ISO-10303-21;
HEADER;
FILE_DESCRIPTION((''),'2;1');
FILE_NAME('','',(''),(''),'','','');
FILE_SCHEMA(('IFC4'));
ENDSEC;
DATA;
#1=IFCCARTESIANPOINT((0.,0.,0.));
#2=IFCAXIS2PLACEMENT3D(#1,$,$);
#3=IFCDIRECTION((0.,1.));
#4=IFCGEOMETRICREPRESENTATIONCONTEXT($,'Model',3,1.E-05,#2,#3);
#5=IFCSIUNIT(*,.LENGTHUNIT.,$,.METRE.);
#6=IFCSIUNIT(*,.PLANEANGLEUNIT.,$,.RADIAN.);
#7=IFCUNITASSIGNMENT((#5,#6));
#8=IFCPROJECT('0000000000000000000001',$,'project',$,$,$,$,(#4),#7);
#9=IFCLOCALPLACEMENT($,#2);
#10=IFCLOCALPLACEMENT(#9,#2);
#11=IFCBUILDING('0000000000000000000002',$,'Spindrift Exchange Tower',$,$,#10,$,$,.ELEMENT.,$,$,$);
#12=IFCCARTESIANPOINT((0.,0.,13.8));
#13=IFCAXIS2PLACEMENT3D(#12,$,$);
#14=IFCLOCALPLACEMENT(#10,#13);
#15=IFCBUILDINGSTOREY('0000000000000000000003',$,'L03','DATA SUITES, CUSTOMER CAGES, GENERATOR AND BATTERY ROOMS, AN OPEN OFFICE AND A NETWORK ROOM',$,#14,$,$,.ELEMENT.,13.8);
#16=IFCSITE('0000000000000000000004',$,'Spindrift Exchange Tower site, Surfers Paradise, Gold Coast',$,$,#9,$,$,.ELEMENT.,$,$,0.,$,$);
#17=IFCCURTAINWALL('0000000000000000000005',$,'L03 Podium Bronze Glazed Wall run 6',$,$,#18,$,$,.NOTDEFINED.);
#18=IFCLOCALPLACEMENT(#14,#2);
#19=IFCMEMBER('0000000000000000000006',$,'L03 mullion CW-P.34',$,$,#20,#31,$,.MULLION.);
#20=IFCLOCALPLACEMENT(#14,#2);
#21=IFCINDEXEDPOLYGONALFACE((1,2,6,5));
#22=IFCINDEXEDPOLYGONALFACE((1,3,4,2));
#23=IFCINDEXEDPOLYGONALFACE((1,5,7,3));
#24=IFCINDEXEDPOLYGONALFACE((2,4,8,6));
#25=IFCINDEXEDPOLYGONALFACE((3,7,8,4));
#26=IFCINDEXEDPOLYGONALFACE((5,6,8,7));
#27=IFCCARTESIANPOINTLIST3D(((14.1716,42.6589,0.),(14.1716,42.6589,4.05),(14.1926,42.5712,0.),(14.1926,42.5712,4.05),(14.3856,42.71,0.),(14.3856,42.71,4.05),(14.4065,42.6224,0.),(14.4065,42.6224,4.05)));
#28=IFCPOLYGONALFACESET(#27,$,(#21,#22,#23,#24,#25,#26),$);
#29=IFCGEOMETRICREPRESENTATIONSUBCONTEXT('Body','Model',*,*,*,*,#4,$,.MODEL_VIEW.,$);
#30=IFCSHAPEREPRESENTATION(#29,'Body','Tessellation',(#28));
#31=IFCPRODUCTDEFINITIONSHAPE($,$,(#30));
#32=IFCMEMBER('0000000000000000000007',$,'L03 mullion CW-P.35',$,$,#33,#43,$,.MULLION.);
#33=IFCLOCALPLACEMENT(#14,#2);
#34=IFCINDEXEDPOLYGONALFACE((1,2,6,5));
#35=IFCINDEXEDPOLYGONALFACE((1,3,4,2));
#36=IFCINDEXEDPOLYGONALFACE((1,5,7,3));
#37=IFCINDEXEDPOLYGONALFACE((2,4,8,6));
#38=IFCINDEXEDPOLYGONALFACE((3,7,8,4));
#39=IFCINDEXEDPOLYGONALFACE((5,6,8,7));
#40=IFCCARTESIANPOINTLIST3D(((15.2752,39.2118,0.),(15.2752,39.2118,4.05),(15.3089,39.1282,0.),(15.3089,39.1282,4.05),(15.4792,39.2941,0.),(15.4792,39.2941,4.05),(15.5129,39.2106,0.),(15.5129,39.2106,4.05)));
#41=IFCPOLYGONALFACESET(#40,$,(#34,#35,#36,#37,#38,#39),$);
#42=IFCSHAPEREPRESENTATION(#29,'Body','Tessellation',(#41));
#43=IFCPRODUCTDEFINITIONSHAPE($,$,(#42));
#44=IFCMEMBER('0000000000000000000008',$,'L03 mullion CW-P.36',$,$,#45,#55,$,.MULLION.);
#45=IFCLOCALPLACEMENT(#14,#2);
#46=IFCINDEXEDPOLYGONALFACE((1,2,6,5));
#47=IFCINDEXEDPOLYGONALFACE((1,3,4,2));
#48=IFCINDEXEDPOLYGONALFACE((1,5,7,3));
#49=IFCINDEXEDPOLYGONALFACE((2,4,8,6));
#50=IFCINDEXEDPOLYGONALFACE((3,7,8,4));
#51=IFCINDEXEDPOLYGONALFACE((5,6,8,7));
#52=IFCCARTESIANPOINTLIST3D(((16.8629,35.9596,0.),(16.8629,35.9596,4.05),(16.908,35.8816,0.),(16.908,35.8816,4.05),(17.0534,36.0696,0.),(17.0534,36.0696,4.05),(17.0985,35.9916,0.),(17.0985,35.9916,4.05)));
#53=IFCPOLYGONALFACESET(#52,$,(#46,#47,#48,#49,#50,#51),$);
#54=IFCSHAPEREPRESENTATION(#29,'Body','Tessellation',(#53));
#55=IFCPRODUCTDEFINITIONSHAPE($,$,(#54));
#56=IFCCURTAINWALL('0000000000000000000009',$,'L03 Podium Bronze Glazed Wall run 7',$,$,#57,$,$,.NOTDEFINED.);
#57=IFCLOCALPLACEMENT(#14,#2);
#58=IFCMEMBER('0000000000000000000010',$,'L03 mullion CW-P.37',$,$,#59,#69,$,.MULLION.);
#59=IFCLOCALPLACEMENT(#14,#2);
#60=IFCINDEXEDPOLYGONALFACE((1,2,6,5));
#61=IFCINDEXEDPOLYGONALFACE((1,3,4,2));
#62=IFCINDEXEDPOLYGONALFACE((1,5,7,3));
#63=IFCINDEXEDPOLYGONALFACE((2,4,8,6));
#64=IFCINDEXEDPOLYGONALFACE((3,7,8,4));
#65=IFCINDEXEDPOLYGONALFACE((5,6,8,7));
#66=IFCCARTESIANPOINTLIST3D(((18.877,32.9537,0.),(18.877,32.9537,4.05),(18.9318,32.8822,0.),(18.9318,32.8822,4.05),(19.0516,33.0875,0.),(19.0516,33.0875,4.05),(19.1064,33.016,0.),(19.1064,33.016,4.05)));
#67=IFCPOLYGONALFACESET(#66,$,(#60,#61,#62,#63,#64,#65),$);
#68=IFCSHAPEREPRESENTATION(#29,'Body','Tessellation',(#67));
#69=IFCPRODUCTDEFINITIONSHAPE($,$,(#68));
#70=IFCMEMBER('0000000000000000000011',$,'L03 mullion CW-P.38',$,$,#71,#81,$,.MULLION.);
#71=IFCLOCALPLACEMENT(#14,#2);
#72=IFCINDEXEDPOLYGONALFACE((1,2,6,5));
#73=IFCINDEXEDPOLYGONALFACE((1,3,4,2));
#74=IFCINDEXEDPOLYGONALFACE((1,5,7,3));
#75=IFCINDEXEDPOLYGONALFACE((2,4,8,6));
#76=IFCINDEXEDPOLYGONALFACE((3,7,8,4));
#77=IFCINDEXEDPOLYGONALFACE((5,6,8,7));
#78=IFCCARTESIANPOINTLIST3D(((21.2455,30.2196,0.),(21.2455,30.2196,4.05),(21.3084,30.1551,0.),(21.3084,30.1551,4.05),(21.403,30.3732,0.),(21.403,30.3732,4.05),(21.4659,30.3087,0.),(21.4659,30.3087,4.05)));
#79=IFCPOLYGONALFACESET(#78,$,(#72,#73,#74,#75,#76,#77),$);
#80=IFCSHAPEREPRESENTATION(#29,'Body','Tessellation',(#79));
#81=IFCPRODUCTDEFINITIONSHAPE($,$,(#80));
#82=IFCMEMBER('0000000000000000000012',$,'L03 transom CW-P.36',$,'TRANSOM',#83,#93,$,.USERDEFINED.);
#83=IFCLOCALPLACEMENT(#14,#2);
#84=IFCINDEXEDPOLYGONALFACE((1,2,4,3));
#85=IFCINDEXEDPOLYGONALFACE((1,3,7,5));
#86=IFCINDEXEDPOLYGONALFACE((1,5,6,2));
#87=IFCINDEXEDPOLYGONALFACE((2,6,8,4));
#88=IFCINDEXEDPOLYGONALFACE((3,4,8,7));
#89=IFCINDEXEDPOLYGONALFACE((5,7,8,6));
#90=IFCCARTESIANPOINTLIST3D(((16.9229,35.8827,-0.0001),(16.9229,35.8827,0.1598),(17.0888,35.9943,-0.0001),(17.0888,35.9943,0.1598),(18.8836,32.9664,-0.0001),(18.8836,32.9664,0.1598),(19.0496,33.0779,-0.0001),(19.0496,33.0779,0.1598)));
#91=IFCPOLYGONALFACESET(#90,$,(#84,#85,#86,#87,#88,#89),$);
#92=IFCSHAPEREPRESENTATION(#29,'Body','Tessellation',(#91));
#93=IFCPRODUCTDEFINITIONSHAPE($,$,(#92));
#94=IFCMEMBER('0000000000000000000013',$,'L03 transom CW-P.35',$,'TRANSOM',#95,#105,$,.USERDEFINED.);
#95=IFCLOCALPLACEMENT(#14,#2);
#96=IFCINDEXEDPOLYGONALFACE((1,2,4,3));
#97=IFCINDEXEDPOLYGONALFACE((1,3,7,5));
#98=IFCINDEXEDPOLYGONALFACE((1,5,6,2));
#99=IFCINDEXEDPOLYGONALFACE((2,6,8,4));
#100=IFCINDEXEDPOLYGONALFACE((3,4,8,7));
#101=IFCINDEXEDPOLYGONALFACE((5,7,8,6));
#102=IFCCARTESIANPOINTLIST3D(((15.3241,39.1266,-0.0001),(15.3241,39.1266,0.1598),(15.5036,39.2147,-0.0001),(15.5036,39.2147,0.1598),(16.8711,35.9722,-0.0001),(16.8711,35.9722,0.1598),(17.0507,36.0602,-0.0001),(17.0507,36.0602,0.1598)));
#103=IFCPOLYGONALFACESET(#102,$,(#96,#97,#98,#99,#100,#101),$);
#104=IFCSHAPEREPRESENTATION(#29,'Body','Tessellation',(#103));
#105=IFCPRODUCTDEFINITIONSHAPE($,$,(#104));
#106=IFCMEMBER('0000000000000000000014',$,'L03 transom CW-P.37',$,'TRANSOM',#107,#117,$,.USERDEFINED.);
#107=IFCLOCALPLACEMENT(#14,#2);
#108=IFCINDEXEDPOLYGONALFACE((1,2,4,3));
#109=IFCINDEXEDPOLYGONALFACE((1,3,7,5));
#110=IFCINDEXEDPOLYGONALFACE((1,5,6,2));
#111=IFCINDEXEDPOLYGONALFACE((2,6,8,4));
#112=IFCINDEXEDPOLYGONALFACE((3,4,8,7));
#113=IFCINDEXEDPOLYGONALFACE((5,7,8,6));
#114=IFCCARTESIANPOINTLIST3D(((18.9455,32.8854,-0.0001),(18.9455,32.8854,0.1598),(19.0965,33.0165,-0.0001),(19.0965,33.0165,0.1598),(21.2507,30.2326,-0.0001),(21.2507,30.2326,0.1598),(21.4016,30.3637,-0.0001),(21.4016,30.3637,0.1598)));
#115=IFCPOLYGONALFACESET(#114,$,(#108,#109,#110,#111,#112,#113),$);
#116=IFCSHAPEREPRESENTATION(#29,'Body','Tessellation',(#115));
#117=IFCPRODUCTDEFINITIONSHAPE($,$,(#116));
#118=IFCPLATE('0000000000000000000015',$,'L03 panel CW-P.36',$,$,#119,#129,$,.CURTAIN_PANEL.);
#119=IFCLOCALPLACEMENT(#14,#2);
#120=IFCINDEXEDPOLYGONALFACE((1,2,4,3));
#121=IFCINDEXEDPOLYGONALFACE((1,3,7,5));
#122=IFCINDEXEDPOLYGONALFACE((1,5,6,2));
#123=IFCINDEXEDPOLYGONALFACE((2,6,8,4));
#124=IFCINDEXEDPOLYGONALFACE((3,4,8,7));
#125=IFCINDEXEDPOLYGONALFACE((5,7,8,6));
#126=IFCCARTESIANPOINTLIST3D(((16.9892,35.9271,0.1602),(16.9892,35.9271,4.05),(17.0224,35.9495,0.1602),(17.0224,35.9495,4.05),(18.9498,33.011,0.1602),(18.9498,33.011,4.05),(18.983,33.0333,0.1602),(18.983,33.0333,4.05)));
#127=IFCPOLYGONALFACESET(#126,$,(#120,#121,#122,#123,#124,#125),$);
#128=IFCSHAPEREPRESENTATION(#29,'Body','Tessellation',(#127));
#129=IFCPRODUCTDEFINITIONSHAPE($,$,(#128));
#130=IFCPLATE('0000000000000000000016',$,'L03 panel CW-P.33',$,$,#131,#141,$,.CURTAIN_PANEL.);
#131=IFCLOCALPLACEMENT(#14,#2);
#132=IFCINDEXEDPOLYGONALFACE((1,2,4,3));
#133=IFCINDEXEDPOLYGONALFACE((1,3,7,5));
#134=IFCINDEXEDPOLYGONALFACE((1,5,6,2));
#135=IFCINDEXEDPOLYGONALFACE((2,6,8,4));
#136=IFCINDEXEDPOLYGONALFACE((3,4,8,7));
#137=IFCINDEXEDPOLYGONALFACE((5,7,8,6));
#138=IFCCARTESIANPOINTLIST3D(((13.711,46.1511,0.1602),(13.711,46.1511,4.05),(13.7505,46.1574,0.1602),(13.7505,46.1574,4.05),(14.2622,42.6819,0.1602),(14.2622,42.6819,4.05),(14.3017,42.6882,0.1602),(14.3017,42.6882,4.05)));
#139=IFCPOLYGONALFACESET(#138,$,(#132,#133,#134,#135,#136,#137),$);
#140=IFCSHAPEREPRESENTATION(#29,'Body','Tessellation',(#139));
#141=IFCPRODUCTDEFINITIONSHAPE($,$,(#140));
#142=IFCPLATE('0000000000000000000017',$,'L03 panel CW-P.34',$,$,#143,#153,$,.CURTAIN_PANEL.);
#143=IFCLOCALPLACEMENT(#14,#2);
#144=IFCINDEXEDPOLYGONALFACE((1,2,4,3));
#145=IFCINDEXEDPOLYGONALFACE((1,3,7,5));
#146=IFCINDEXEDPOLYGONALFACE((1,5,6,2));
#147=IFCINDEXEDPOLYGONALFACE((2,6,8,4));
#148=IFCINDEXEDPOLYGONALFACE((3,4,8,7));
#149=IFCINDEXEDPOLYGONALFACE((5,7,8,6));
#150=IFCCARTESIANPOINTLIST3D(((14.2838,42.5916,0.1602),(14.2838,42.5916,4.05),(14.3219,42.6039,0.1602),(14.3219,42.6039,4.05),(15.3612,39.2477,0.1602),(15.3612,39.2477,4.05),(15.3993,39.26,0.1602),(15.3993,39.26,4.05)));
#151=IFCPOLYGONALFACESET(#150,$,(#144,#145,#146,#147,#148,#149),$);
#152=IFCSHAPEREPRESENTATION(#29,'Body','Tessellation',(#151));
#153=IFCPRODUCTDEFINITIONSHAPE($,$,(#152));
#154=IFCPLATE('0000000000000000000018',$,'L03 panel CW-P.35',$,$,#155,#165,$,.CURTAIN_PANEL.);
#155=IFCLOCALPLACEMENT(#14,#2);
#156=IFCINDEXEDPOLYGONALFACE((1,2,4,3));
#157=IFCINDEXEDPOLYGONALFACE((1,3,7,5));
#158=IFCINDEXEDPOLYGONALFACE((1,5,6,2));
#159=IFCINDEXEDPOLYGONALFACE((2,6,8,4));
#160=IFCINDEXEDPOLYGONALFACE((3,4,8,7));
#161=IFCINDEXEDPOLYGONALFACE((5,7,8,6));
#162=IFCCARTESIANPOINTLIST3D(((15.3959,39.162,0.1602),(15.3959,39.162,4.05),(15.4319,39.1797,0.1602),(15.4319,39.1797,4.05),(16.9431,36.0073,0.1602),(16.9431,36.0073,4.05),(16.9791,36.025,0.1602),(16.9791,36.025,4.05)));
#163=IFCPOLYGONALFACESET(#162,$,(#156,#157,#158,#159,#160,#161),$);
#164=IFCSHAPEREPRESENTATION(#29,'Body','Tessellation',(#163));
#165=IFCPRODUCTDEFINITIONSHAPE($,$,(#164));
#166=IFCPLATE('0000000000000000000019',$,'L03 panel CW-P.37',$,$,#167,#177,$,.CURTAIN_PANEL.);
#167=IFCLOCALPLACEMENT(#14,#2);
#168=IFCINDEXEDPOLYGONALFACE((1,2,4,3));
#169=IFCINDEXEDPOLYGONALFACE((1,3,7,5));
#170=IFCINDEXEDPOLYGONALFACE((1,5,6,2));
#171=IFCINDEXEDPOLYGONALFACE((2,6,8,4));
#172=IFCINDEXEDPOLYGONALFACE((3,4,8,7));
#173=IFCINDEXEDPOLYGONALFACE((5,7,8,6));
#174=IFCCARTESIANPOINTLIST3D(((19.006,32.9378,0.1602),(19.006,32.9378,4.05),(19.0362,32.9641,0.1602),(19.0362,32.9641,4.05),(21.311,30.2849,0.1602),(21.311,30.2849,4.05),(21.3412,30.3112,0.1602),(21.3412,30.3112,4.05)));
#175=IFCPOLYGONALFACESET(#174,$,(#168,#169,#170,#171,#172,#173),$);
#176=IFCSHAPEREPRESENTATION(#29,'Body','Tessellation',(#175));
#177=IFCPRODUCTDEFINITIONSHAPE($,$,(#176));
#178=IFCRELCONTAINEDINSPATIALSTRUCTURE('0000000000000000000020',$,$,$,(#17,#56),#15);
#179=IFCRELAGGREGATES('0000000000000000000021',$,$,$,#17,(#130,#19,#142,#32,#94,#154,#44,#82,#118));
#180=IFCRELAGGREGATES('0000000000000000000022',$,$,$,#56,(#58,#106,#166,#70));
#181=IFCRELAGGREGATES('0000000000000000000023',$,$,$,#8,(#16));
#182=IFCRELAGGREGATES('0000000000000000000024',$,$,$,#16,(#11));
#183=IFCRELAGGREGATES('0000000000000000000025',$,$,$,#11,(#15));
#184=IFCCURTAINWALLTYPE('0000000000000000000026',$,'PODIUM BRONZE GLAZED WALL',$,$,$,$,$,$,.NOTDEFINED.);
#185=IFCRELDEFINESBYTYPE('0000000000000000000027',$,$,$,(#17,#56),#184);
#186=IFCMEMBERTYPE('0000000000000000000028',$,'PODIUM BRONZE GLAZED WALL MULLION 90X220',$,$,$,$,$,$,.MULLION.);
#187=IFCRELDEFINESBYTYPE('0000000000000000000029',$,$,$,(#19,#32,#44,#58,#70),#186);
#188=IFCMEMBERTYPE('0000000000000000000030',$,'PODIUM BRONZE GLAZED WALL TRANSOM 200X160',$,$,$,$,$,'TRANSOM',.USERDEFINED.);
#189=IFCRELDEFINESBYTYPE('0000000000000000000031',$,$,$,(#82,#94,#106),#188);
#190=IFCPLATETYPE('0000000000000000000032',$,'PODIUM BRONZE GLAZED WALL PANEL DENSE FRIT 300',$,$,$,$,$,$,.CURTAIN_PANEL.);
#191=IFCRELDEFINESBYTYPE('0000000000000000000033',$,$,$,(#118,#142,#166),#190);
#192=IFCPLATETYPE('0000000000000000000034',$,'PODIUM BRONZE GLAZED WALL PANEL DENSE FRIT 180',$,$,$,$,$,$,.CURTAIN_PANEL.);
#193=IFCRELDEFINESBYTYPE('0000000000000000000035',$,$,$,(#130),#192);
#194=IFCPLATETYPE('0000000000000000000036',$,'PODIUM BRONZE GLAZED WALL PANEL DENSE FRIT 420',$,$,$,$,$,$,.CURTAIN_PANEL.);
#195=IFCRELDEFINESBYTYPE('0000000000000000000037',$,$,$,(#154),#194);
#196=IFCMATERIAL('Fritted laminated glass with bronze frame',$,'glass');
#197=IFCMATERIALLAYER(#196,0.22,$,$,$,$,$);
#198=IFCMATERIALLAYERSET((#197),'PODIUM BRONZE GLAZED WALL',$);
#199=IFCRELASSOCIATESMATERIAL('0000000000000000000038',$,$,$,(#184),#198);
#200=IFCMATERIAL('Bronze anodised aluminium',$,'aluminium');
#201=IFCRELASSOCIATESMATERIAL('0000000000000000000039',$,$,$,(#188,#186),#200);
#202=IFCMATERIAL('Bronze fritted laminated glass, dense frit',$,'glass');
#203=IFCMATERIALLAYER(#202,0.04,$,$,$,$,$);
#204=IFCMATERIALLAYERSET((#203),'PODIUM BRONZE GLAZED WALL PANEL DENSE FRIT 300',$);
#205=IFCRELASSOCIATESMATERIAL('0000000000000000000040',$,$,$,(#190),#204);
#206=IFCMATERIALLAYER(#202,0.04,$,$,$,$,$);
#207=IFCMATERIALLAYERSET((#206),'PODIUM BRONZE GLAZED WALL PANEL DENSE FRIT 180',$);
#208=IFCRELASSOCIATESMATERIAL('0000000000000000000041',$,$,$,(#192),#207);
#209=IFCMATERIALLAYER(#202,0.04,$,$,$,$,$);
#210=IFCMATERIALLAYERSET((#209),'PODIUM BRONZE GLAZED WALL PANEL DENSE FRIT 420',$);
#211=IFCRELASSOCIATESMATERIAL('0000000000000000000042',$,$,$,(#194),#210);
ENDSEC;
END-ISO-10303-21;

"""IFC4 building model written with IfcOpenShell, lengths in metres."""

from ifc_helpers import new_model, si_unit, direction, frame, origin, origin_2d, place, context, subcontext, project, spatial, rectangle, extrude, source, transform, mapped, material, layer, layer_set, material_profile, profile_set, type_object, element, aggregate, save


model = new_model("IFC4")

# Units and contexts
model_context = context("Model", 3, precision=1e-05, world=origin(), true_north=direction((0.0, 1.0)))
body_context = subcontext(model_context, "Body", "Model", "MODEL_VIEW")
ifc_project = project(units=[si_unit("LENGTHUNIT", "METRE"), si_unit("PLANEANGLEUNIT", "RADIAN")], contexts=[model_context])

# Site, building, storey
site_placement = place(None, origin())
site = spatial("IfcSite", under=ifc_project, at=site_placement, Name="Spindrift Exchange Tower site, Surfers Paradise, Gold Coast", CompositionType="ELEMENT", RefElevation=0.0)
building_placement = place(site_placement, origin())
building = spatial("IfcBuilding", under=site, at=building_placement, Name="Spindrift Exchange Tower", CompositionType="ELEMENT")
storey_placement = place(building_placement, frame((0.0, 0.0, 13.8)))
storey = spatial("IfcBuildingStorey", under=building, at=storey_placement, Name="L03", Description="DATA SUITES, CUSTOMER CAGES, GENERATOR AND BATTERY ROOMS, AN OPEN OFFICE AND A NETWORK ROOM", CompositionType="ELEMENT", Elevation=13.8)

# Curtain walls, members
ifc_material_1 = material(Name="Fritted laminated glass with bronze frame", Category="glass")
ifc_layer_1 = layer(ifc_material_1, 0.22)
ifc_layer_set_1 = layer_set([ifc_layer_1], Name="PODIUM BRONZE GLAZED WALL")
curtain_wall_type = type_object("IfcCurtainWallType", Name="PODIUM BRONZE GLAZED WALL", PredefinedType="NOTDEFINED", material=ifc_layer_set_1)
curtain_wall_1_placement = place(storey_placement, origin())
curtain_wall_1 = element("IfcCurtainWall", 1, at=curtain_wall_1_placement, inside=storey, type_object=curtain_wall_type, Name="L03 Podium Bronze Glazed Wall run 6", PredefinedType="NOTDEFINED")
ifc_material_2 = material(Name="Bronze anodised aluminium", Category="aluminium")
ifc_material_profile_1 = material_profile(ifc_material_2, rectangle(XDim=0.2, YDim=0.1599, at=origin_2d()), Name="PODIUM BRONZE GLAZED WALL TRANSOM 200X160")
ifc_profile_set_1 = profile_set([ifc_material_profile_1], Name="Bronze anodised aluminium")
member_type_1 = type_object("IfcMemberType", Name="PODIUM BRONZE GLAZED WALL TRANSOM 200X160", ElementType="TRANSOM", PredefinedType="USERDEFINED", material=ifc_profile_set_1)
ifc_material_profile_2 = material_profile(ifc_material_2, rectangle(XDim=0.0901, YDim=0.22, at=origin_2d()), Name="PODIUM BRONZE GLAZED WALL MULLION 90X220")
ifc_profile_set_2 = profile_set([ifc_material_profile_2], Name="Bronze anodised aluminium")
member_type_2 = type_object("IfcMemberType", Name="PODIUM BRONZE GLAZED WALL MULLION 90X220", PredefinedType="MULLION", material=ifc_profile_set_2)
shared_shape_1 = source(origin(), body_context, "Body", "SweptSolid", [
    extrude(rectangle(XDim=0.0901, YDim=0.22, at=origin_2d()), origin(), (0.0, 0.0, 1.0), 4.05),
])
member_1_placement = place(storey_placement, frame((14.2891, 42.6406, 0.0), z_axis=(0.0, 0.0, 1.0), x_axis=(0.232484, -0.9726, 0.0)))
member_1 = element("IfcMember", 2, at=member_1_placement, type_object=member_type_2, Name="L03 mullion CW-P.34", PredefinedType="MULLION", context=body_context, shape_type="MappedRepresentation", body=[
    mapped(shared_shape_1, transform((0.0, 0.0, 0.0), scale=1.0)),
])
member_2_placement = place(storey_placement, frame((15.394, 39.2112, 0.0), z_axis=(0.0, 0.0, 1.0), x_axis=(0.374483, -0.927234, 0.0)))
member_2 = element("IfcMember", 3, at=member_2_placement, type_object=member_type_2, Name="L03 mullion CW-P.35", PredefinedType="MULLION", context=body_context, shape_type="MappedRepresentation", body=[
    mapped(shared_shape_1, transform((0.0, 0.0, 0.0), scale=1.0)),
])
member_3_placement = place(storey_placement, frame((16.9807, 35.9756, 0.0), z_axis=(0.0, 0.0, 1.0), x_axis=(0.5003, -0.865852, 0.0)))
member_3 = element("IfcMember", 4, at=member_3_placement, type_object=member_type_2, Name="L03 mullion CW-P.36", PredefinedType="MULLION", context=body_context, shape_type="MappedRepresentation", body=[
    mapped(shared_shape_1, transform((0.0, 0.0, 0.0), scale=1.0)),
])
curtain_wall_2_placement = place(storey_placement, origin())
curtain_wall_2 = element("IfcCurtainWall", 5, at=curtain_wall_2_placement, inside=storey, type_object=curtain_wall_type, Name="L03 Podium Bronze Glazed Wall run 7", PredefinedType="NOTDEFINED")
member_4_placement = place(storey_placement, frame((18.9917, 32.9849, 0.0), z_axis=(0.0, 0.0, 1.0), x_axis=(0.60807, -0.793883, 0.0)))
member_4 = element("IfcMember", 6, at=member_4_placement, type_object=member_type_2, Name="L03 mullion CW-P.37", PredefinedType="MULLION", context=body_context, shape_type="MappedRepresentation", body=[
    mapped(shared_shape_1, transform((0.0, 0.0, 0.0), scale=1.0)),
])
member_5_placement = place(storey_placement, frame((21.3557, 30.2642, 0.0), z_axis=(0.0, 0.0, 1.0), x_axis=(0.69798, -0.716117, 0.0)))
member_5 = element("IfcMember", 7, at=member_5_placement, type_object=member_type_2, Name="L03 mullion CW-P.38", PredefinedType="MULLION", context=body_context, shape_type="MappedRepresentation", body=[
    mapped(shared_shape_1, transform((0.0, 0.0, 0.0), scale=1.0)),
])

# Members
shared_shape_2 = source(origin(), body_context, "Body", "SweptSolid", [
    extrude(rectangle(XDim=0.2, YDim=0.1599, at=origin_2d()), origin(), (0.0, 0.0, 1.0), 3.5142),
])
member_6_placement = place(storey_placement, frame((17.0059, 35.9385, 0.0798), z_axis=(0.557951, -0.829874, 0.0), x_axis=(0.829874, 0.557951, 0.0)))
member_6 = element("IfcMember", 8, at=member_6_placement, type_object=member_type_1, Name="L03 transom CW-P.36", ObjectType="TRANSOM", PredefinedType="USERDEFINED", context=body_context, shape_type="MappedRepresentation", body=[
    mapped(shared_shape_2, transform((0.0, 0.0, 0.0), scale=1.0)),
])
shared_shape_3 = source(origin(), body_context, "Body", "SweptSolid", [
    extrude(rectangle(XDim=0.2, YDim=0.1599, at=origin_2d()), origin(), (0.0, 0.0, 1.0), 3.5134),
])
member_7_placement = place(storey_placement, frame((15.4138, 39.1707, 0.0798), z_axis=(0.440335, -0.897833, 0.0), x_axis=(0.897833, 0.440335, 0.0)))
member_7 = element("IfcMember", 9, at=member_7_placement, type_object=member_type_1, Name="L03 transom CW-P.35", ObjectType="TRANSOM", PredefinedType="USERDEFINED", context=body_context, shape_type="MappedRepresentation", body=[
    mapped(shared_shape_3, transform((0.0, 0.0, 0.0), scale=1.0)),
])
shared_shape_4 = source(origin(), body_context, "Body", "SweptSolid", [
    extrude(rectangle(XDim=0.2, YDim=0.1599, at=origin_2d()), origin(), (0.0, 0.0, 1.0), 3.5144),
])
member_8_placement = place(storey_placement, frame((19.021, 32.9509, 0.0798), z_axis=(0.655914, -0.754836, 0.0), x_axis=(0.754836, 0.655914, 0.0)))
member_8 = element("IfcMember", 10, at=member_8_placement, type_object=member_type_1, Name="L03 transom CW-P.37", ObjectType="TRANSOM", PredefinedType="USERDEFINED", context=body_context, shape_type="MappedRepresentation", body=[
    mapped(shared_shape_4, transform((0.0, 0.0, 0.0), scale=1.0)),
])

# Plates
ifc_material_3 = material(Name="Bronze fritted laminated glass, dense frit", Category="glass")
ifc_layer_2 = layer(ifc_material_3, 0.04)
ifc_layer_set_2 = layer_set([ifc_layer_2], Name="PODIUM BRONZE GLAZED WALL PANEL DENSE FRIT 300")
plate_type_1 = type_object("IfcPlateType", Name="PODIUM BRONZE GLAZED WALL PANEL DENSE FRIT 300", PredefinedType="CURTAIN_PANEL", material=ifc_layer_set_2)
shared_shape_5 = source(origin(), body_context, "Body", "SweptSolid", [
    extrude(rectangle(XDim=3.5139, YDim=0.04, at=origin_2d()), origin(), (0.0, 0.0, 1.0), 3.8899),
])
plate_1_placement = place(storey_placement, frame((17.9861, 34.4802, 0.1602), z_axis=(0.0, 0.0, 1.0), x_axis=(0.557949, -0.829875, 0.0)))
plate_1 = element("IfcPlate", 11, at=plate_1_placement, type_object=plate_type_1, Name="L03 panel CW-P.36", PredefinedType="CURTAIN_PANEL", context=body_context, shape_type="MappedRepresentation", body=[
    mapped(shared_shape_5, transform((0.0, 0.0, 0.0), scale=1.0)),
])
ifc_layer_3 = layer(ifc_material_3, 0.04)
ifc_layer_set_3 = layer_set([ifc_layer_3], Name="PODIUM BRONZE GLAZED WALL PANEL DENSE FRIT 180")
plate_type_2 = type_object("IfcPlateType", Name="PODIUM BRONZE GLAZED WALL PANEL DENSE FRIT 180", PredefinedType="CURTAIN_PANEL", material=ifc_layer_set_3)
shared_shape_6 = source(origin(), body_context, "Body", "SweptSolid", [
    extrude(rectangle(XDim=3.5127, YDim=0.04, at=origin_2d()), origin(), (0.0, 0.0, 1.0), 3.8899),
])
plate_2_placement = place(storey_placement, frame((14.0063, 44.4197, 0.1602), z_axis=(0.0, 0.0, 1.0), x_axis=(0.156909, -0.987613, 0.0)))
plate_2 = element("IfcPlate", 12, at=plate_2_placement, type_object=plate_type_2, Name="L03 panel CW-P.33", PredefinedType="CURTAIN_PANEL", context=body_context, shape_type="MappedRepresentation", body=[
    mapped(shared_shape_6, transform((0.0, 0.0, 0.0), scale=1.0)),
])
shared_shape_7 = source(origin(), body_context, "Body", "SweptSolid", [
    extrude(rectangle(XDim=3.5132, YDim=0.04, at=origin_2d()), origin(), (0.0, 0.0, 1.0), 3.8899),
])
plate_3_placement = place(storey_placement, frame((14.8416, 40.9258, 0.1602), z_axis=(0.0, 0.0, 1.0), x_axis=(0.306679, -0.951813, 0.0)))
plate_3 = element("IfcPlate", 13, at=plate_3_placement, type_object=plate_type_1, Name="L03 panel CW-P.34", PredefinedType="CURTAIN_PANEL", context=body_context, shape_type="MappedRepresentation", body=[
    mapped(shared_shape_7, transform((0.0, 0.0, 0.0), scale=1.0)),
])
ifc_layer_4 = layer(ifc_material_3, 0.04)
ifc_layer_set_4 = layer_set([ifc_layer_4], Name="PODIUM BRONZE GLAZED WALL PANEL DENSE FRIT 420")
plate_type_3 = type_object("IfcPlateType", Name="PODIUM BRONZE GLAZED WALL PANEL DENSE FRIT 420", PredefinedType="CURTAIN_PANEL", material=ifc_layer_set_4)
shared_shape_8 = source(origin(), body_context, "Body", "SweptSolid", [
    extrude(rectangle(XDim=3.5137, YDim=0.04, at=origin_2d()), origin(), (0.0, 0.0, 1.0), 3.8899),
])
plate_4_placement = place(storey_placement, frame((16.1875, 37.5935, 0.1602), z_axis=(0.0, 0.0, 1.0), x_axis=(0.44034, -0.897831, 0.0)))
plate_4 = element("IfcPlate", 14, at=plate_4_placement, type_object=plate_type_3, Name="L03 panel CW-P.35", PredefinedType="CURTAIN_PANEL", context=body_context, shape_type="MappedRepresentation", body=[
    mapped(shared_shape_8, transform((0.0, 0.0, 0.0), scale=1.0)),
])
aggregate(curtain_wall_1, [plate_2, member_1, plate_3, member_2, member_7, plate_4, member_3, member_6, plate_1])
shared_shape_9 = source(origin(), body_context, "Body", "SweptSolid", [
    extrude(rectangle(XDim=3.5144, YDim=0.04, at=origin_2d()), origin(), (0.0, 0.0, 1.0), 3.8899),
])
plate_5_placement = place(storey_placement, frame((20.1736, 31.6245, 0.1602), z_axis=(0.0, 0.0, 1.0), x_axis=(0.655876, -0.754869, 0.0)))
plate_5 = element("IfcPlate", 15, at=plate_5_placement, type_object=plate_type_1, Name="L03 panel CW-P.37", PredefinedType="CURTAIN_PANEL", context=body_context, shape_type="MappedRepresentation", body=[
    mapped(shared_shape_9, transform((0.0, 0.0, 0.0), scale=1.0)),
])
aggregate(curtain_wall_2, [member_4, member_8, plate_5, member_5])

save(model, "model.ifc")
